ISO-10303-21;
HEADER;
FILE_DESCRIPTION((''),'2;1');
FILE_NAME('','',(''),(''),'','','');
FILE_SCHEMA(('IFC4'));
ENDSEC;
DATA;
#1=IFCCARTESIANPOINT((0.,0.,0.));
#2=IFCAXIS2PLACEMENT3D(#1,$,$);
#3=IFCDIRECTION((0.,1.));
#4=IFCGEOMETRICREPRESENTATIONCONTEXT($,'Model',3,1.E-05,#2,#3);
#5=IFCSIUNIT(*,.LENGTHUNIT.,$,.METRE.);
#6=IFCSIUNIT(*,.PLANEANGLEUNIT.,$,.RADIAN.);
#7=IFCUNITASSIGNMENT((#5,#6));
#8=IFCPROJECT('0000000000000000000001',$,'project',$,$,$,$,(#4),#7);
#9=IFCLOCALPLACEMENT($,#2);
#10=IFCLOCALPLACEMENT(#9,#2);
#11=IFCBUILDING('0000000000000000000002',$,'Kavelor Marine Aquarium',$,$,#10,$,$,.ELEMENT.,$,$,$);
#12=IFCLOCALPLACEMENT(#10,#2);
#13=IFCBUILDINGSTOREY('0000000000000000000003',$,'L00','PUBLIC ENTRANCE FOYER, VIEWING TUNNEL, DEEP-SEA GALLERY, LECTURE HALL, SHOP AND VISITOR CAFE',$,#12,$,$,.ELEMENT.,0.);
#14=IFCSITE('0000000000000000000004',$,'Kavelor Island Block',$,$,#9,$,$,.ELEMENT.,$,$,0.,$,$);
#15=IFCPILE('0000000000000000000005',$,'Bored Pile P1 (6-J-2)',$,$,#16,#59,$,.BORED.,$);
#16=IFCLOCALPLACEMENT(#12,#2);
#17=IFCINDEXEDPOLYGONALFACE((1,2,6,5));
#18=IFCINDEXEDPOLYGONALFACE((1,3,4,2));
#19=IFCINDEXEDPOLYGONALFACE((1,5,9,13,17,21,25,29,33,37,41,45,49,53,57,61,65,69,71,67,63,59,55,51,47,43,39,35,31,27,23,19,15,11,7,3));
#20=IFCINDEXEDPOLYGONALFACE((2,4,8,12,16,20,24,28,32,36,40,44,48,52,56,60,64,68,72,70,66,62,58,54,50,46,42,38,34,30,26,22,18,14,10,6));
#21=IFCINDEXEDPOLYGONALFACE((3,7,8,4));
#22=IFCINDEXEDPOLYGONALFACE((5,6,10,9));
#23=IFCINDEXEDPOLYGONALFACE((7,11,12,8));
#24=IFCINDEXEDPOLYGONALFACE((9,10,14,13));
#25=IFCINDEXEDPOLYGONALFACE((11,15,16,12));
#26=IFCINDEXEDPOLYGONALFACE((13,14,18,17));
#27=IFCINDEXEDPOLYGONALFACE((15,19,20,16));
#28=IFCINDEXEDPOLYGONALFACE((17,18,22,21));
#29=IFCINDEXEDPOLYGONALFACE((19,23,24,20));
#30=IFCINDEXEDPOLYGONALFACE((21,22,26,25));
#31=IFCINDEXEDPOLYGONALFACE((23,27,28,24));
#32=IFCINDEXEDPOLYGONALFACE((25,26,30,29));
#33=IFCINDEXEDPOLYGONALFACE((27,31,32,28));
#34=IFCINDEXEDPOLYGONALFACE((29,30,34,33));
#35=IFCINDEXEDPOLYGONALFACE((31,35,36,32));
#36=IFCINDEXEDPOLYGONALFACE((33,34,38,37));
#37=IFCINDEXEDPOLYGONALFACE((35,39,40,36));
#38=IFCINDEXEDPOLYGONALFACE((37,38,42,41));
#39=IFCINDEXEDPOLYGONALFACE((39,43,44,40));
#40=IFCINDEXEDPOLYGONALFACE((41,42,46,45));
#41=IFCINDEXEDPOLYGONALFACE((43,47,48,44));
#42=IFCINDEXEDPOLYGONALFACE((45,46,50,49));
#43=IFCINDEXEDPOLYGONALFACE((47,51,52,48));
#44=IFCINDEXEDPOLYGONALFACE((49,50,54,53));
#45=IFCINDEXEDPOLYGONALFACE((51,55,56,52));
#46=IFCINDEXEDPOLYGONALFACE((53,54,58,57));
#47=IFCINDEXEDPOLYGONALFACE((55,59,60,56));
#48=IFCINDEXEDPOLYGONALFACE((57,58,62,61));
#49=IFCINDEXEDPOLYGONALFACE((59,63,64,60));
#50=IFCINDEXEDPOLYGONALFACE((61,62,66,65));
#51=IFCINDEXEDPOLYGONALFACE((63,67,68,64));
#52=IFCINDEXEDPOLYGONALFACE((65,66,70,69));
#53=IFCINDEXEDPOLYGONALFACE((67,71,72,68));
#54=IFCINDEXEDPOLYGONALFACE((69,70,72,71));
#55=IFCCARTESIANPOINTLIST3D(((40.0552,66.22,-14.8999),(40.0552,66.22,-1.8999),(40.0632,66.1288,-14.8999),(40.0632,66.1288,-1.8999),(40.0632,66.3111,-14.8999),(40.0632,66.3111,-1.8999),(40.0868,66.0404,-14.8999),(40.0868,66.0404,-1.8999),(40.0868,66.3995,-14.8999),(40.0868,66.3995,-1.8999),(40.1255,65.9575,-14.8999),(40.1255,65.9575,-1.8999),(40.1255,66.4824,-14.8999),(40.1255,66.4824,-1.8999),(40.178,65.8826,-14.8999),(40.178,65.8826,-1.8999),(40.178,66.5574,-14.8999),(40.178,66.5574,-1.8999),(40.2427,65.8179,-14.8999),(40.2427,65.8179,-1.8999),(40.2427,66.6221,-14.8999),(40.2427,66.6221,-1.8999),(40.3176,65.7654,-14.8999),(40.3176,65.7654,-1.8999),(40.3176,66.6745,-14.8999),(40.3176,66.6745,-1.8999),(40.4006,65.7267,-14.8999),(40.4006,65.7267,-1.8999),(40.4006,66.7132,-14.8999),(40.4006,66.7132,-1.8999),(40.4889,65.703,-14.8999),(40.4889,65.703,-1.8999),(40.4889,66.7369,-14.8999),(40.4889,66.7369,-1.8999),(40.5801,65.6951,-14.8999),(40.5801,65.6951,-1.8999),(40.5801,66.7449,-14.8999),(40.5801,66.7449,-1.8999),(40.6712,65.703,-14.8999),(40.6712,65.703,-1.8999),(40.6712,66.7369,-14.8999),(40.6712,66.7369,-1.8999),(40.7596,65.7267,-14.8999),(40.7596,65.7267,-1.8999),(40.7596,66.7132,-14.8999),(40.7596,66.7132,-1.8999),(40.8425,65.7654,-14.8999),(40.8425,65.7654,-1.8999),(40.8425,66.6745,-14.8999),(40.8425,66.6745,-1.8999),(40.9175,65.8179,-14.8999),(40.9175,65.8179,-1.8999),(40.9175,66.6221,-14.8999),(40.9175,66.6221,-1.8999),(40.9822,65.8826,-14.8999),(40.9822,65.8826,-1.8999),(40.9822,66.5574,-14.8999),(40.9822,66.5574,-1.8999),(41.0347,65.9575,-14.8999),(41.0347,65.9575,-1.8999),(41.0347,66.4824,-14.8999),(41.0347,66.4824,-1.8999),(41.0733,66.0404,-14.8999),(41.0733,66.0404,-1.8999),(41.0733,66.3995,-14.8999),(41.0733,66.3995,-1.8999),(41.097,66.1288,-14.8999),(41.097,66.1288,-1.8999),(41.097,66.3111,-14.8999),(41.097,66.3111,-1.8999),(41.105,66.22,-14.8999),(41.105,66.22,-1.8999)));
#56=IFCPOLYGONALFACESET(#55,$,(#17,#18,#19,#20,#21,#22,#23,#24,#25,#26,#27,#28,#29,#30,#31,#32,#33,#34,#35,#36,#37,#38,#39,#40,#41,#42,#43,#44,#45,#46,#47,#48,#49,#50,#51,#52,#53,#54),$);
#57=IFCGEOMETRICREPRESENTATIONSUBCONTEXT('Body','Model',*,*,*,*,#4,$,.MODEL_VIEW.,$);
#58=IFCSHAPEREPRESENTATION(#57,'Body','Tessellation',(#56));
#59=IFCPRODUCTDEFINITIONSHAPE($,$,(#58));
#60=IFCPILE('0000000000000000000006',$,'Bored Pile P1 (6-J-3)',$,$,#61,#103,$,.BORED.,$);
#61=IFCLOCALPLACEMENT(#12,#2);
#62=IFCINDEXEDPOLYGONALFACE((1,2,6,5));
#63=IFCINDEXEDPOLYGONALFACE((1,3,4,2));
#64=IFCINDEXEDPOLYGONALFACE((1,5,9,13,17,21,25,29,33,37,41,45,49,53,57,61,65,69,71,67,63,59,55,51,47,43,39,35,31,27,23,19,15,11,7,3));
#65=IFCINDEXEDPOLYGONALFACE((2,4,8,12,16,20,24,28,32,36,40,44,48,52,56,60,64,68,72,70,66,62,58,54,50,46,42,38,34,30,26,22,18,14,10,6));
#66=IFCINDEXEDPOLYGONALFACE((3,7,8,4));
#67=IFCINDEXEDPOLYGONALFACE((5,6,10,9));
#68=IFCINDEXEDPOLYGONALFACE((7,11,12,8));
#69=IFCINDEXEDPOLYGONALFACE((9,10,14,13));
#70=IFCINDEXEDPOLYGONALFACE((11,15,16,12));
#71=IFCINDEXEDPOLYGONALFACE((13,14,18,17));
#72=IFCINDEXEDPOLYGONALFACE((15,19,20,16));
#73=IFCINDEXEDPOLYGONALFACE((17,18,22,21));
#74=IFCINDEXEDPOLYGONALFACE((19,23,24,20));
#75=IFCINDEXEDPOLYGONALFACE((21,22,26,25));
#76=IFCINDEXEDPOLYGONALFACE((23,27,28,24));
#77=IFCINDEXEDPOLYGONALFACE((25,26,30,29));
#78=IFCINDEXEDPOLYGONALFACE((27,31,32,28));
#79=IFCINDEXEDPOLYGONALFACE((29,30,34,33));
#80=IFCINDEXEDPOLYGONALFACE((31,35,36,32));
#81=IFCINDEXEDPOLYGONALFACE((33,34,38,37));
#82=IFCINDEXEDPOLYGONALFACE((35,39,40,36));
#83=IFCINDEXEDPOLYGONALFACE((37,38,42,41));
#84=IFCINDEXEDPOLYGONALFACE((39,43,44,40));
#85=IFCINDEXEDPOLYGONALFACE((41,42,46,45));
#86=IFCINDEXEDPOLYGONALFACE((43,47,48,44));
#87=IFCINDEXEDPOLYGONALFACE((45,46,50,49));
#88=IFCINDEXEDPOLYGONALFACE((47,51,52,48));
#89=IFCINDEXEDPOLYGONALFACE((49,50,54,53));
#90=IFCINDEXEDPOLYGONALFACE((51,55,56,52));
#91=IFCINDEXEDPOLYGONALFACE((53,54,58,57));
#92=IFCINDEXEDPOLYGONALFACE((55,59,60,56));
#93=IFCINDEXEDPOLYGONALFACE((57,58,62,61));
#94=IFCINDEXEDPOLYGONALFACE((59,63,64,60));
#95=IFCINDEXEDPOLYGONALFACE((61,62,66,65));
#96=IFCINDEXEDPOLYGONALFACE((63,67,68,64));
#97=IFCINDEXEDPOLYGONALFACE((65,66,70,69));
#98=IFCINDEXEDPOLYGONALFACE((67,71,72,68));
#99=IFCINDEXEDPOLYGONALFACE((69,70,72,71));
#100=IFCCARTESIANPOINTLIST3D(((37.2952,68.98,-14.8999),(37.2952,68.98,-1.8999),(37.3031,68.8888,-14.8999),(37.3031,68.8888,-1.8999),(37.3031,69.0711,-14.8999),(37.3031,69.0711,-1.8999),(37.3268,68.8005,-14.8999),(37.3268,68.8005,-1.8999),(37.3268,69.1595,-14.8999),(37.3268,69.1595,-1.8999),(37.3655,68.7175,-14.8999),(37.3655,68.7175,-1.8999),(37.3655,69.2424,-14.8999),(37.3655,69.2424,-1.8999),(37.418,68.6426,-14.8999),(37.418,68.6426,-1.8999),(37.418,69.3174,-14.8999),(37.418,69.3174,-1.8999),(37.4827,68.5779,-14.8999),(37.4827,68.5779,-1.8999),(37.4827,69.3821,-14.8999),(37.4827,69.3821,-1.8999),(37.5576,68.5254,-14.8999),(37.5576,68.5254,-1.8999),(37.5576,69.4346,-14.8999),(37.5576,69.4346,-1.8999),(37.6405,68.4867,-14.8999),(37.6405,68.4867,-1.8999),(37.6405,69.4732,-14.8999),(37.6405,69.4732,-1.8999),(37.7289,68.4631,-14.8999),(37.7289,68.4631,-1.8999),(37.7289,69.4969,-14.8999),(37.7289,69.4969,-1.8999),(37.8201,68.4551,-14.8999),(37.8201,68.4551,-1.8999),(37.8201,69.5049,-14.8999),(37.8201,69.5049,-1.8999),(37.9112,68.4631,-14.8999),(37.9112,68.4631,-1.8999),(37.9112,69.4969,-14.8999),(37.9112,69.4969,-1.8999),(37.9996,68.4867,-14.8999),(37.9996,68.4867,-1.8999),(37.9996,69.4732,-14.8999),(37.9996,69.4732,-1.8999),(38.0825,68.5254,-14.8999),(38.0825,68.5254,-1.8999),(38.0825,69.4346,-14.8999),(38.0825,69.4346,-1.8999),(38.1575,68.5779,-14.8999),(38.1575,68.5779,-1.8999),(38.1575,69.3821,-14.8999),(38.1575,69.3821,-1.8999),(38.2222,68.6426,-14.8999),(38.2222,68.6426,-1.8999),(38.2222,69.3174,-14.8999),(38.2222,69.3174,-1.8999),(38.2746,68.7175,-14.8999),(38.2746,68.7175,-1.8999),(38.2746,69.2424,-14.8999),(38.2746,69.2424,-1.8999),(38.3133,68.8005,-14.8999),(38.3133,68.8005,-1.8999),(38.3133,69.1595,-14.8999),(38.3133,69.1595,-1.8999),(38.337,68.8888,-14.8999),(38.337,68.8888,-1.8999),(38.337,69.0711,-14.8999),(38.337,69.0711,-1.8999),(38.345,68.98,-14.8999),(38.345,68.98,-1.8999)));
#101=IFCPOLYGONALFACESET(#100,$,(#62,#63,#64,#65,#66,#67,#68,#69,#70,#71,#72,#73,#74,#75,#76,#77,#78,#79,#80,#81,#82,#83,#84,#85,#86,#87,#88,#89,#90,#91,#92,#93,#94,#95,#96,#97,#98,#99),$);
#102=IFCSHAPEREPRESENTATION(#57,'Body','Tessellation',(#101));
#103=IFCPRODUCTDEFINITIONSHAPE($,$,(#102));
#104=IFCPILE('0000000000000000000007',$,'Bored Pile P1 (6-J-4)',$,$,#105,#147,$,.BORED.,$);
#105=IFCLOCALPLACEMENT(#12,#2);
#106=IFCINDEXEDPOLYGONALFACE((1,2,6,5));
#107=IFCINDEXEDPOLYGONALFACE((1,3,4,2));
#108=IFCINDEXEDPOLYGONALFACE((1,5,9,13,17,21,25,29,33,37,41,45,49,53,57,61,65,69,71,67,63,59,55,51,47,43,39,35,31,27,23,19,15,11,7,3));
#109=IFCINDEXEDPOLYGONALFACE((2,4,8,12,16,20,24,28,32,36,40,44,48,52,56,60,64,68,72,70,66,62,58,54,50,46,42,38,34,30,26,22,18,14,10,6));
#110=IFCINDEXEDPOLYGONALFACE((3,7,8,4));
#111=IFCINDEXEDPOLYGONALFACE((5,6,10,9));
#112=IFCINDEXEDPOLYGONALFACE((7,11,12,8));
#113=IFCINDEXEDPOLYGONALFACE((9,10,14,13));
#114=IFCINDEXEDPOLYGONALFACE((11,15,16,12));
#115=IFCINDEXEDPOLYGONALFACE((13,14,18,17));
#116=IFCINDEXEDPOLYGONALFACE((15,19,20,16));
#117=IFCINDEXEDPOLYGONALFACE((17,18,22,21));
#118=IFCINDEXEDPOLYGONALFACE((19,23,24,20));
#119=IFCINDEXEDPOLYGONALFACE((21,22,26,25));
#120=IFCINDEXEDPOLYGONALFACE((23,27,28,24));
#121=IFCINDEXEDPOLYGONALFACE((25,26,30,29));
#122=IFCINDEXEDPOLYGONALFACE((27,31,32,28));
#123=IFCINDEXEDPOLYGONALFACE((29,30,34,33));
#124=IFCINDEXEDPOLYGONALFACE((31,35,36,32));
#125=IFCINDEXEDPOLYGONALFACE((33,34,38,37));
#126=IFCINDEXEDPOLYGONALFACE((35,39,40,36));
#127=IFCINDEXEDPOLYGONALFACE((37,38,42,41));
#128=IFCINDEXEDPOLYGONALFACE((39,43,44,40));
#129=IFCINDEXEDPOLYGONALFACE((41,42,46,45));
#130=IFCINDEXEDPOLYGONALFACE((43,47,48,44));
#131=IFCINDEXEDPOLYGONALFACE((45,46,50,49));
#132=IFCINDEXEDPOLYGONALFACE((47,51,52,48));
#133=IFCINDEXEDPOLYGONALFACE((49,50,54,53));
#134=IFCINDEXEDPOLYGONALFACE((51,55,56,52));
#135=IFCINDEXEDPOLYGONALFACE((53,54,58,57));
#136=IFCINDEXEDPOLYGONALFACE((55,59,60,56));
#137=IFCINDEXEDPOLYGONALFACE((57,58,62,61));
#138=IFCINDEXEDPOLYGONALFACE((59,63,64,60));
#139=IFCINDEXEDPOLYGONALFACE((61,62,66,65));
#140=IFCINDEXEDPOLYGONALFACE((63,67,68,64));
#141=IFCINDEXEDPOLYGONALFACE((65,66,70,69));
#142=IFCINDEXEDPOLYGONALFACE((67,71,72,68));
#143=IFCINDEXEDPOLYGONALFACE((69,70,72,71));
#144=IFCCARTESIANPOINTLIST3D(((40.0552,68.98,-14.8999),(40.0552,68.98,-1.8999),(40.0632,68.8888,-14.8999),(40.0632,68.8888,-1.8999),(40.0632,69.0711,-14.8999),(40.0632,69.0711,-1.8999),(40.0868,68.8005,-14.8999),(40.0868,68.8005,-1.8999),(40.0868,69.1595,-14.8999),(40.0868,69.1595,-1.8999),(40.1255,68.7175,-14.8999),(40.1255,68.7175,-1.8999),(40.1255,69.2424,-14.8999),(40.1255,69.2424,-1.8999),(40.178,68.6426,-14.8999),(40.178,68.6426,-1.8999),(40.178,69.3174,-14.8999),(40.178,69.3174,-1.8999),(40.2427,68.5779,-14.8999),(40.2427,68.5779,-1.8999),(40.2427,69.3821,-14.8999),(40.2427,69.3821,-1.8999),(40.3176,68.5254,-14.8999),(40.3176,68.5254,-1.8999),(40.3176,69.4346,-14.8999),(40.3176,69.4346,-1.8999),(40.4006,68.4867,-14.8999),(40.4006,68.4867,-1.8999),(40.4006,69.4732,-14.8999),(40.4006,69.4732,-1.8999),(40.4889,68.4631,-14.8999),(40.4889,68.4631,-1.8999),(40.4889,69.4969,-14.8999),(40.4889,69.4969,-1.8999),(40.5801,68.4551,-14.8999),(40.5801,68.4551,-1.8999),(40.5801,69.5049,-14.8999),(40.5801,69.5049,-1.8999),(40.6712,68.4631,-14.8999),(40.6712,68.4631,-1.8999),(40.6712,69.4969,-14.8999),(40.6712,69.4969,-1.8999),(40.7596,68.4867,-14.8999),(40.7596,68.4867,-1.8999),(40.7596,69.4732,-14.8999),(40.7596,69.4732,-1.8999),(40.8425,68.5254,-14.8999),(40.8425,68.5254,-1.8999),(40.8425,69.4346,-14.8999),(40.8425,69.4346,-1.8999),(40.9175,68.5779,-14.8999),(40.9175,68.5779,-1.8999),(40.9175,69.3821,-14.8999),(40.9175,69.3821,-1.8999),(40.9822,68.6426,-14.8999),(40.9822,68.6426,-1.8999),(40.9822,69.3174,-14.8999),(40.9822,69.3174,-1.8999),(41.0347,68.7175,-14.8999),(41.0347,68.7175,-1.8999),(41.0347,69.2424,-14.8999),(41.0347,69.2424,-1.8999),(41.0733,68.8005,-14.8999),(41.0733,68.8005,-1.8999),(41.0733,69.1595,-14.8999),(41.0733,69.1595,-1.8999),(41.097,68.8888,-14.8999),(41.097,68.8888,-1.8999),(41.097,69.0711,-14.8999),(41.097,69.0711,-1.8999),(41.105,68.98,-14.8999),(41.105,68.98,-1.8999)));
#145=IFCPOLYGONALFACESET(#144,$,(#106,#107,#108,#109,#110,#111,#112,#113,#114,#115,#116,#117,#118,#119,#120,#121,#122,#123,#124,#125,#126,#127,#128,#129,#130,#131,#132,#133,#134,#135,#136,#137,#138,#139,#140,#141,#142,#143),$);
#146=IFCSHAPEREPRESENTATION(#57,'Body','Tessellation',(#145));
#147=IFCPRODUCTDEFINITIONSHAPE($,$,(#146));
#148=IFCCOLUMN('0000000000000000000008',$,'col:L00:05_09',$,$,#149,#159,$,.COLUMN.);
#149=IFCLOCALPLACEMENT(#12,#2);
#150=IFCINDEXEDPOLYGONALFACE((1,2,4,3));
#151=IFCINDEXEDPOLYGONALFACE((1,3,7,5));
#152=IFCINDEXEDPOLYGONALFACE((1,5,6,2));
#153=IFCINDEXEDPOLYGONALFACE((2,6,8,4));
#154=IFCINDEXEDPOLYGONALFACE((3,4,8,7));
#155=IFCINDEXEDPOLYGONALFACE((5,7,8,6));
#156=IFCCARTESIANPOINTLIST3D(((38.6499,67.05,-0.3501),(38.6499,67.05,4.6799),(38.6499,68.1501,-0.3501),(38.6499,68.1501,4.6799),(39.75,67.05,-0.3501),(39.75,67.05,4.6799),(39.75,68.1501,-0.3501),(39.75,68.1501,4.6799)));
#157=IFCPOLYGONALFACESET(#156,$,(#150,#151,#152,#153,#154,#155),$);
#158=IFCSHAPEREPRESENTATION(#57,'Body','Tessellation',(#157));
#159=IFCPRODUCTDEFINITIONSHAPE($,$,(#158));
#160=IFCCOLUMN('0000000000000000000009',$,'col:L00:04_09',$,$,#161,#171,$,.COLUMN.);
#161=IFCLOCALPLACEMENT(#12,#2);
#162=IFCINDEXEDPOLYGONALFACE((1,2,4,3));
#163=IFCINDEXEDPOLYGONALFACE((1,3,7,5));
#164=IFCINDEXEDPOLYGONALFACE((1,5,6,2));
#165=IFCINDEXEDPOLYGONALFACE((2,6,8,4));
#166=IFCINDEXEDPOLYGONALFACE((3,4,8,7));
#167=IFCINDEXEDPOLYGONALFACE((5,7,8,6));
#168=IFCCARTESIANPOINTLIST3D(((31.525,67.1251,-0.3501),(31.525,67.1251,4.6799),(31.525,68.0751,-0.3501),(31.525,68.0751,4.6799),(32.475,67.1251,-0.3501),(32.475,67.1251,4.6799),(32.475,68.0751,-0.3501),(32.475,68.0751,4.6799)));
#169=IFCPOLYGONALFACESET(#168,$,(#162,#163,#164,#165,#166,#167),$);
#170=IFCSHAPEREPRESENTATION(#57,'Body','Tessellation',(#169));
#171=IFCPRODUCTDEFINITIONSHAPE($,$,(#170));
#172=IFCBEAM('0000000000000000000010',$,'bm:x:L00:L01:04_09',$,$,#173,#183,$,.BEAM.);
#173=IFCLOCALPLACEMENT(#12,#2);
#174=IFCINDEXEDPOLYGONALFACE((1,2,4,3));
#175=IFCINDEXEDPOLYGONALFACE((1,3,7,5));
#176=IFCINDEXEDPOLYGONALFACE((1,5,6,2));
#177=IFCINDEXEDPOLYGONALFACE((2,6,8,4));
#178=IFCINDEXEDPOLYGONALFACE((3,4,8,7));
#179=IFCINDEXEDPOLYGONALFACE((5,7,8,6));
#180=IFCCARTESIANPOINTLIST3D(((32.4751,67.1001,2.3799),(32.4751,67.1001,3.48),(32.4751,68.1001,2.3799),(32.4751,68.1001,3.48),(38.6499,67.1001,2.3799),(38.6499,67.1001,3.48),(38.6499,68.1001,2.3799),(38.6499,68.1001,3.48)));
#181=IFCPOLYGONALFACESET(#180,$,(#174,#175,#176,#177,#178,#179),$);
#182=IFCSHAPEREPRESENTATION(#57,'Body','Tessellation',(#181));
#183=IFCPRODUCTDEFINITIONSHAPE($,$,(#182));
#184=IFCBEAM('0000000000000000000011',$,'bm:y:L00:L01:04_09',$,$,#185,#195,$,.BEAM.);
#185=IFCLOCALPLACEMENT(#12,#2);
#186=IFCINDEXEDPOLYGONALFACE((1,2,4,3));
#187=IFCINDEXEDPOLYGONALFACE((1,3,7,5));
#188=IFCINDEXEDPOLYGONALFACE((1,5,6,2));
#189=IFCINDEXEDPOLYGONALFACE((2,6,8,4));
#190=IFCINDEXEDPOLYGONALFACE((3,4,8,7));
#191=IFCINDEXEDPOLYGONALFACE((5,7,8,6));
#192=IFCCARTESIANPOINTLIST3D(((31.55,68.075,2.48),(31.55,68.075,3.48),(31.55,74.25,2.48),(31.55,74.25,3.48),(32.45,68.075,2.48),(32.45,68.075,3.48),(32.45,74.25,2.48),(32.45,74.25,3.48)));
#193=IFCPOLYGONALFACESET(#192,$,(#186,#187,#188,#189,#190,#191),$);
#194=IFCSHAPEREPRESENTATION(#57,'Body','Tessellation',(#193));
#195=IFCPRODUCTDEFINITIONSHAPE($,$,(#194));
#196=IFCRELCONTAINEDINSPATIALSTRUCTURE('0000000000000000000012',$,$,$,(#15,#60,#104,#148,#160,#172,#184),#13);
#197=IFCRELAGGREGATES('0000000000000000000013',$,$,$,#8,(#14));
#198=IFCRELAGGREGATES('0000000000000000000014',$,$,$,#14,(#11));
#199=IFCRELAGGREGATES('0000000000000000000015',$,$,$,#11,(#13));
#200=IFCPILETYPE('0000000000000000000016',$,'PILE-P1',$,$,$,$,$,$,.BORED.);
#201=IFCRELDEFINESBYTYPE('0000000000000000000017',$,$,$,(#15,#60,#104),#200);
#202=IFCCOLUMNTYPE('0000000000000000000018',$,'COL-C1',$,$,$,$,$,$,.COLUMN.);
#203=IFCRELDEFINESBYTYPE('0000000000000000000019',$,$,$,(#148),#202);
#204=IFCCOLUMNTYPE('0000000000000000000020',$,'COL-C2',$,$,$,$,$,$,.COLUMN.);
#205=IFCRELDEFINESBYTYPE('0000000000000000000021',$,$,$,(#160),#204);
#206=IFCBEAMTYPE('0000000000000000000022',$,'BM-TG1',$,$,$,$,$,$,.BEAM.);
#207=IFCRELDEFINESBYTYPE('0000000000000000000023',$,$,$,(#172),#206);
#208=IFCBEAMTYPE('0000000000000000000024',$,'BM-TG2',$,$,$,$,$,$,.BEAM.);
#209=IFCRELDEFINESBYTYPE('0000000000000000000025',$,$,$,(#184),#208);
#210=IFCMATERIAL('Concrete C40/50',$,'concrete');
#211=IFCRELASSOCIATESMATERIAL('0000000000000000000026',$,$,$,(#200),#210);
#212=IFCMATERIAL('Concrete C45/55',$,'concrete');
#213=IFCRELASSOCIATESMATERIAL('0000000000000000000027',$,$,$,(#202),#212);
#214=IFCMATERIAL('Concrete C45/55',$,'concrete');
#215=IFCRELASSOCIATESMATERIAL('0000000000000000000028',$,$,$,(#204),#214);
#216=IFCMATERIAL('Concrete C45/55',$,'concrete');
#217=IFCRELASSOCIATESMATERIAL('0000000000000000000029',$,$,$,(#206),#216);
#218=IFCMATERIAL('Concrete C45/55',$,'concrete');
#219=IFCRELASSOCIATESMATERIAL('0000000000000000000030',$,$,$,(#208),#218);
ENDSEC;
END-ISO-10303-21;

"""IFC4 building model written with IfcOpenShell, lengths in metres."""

from ifc_helpers import new_model, si_unit, direction, frame, origin, origin_2d, place, context, subcontext, project, spatial, rectangle, circle, extrude, material, material_profile, profile_set, type_object, element, save


model = new_model("IFC4")

# Units and contexts
model_context = context("Model", 3, precision=1e-05, world=origin(), true_north=direction((0.0, 1.0)))
body_context = subcontext(model_context, "Body", "Model", "MODEL_VIEW")
ifc_project = project(units=[si_unit("LENGTHUNIT", "METRE"), si_unit("PLANEANGLEUNIT", "RADIAN")], contexts=[model_context])

# Site, building, storey
site_placement = place(None, origin())
site = spatial("IfcSite", under=ifc_project, at=site_placement, Name="Kavelor Island Block", CompositionType="ELEMENT", RefElevation=0.0)
building_placement = place(site_placement, origin())
building = spatial("IfcBuilding", under=site, at=building_placement, Name="Kavelor Marine Aquarium", CompositionType="ELEMENT")
storey_placement = place(building_placement, origin())
storey = spatial("IfcBuildingStorey", under=building, at=storey_placement, Name="L00", Description="PUBLIC ENTRANCE FOYER, VIEWING TUNNEL, DEEP-SEA GALLERY, LECTURE HALL, SHOP AND VISITOR CAFE", CompositionType="ELEMENT", Elevation=0.0)

# Piles
ifc_material_1 = material(Name="Concrete C40/50", Category="concrete")
ifc_material_profile_1 = material_profile(ifc_material_1, circle(Radius=0.5249, at=origin_2d()), Name="PILE D1050")
ifc_profile_set_1 = profile_set([ifc_material_profile_1], Name="Concrete C40/50")
pile_type = type_object("IfcPileType", Name="PILE-P1", PredefinedType="BORED", material=ifc_profile_set_1)
for number, where, z_axis, x_axis, name in (
    (1, (40.5801, 66.22, -1.8999), (0.0, 0.0, -1.0), (1.0, 0.0, 0.0), "Bored Pile P1 (6-J-2)"),
    (2, (37.8201, 68.98, -1.8999), (0.0, 0.0, -1.0), (1.0, 0.0, 0.0), "Bored Pile P1 (6-J-3)"),
    (3, (40.5801, 68.98, -1.8999), (0.0, 0.0, -1.0), (1.0, 0.0, 0.0), "Bored Pile P1 (6-J-4)"),
):
    element("IfcPile", number, at=place(storey_placement, frame(where, z_axis=z_axis, x_axis=x_axis)), inside=storey, type_object=pile_type, Name=name, PredefinedType="BORED", context=body_context, shape_type="SweptSolid", body=[
        extrude(circle(Radius=0.5249, at=origin_2d()), origin(), (0.0, 0.0, 1.0), 13.0),
    ])

# Columns
ifc_material_2 = material(Name="Concrete C45/55", Category="concrete")
ifc_material_profile_2 = material_profile(ifc_material_2, rectangle(XDim=1.1001, YDim=1.1001, at=origin_2d()), Name="RC-COL 1100x1100")
ifc_profile_set_2 = profile_set([ifc_material_profile_2], Name="Concrete C45/55")
column_type_1 = type_object("IfcColumnType", Name="COL-C1", PredefinedType="COLUMN", material=ifc_profile_set_2)
column_1_placement = place(storey_placement, frame((39.2, 67.6001, -0.3501), z_axis=(0.0, 0.0, 1.0), x_axis=(1.0, 0.0, 0.0)))
element("IfcColumn", 4, at=column_1_placement, inside=storey, type_object=column_type_1, Name="col:L00:05_09", PredefinedType="COLUMN", context=body_context, shape_type="SweptSolid", body=[
    extrude(rectangle(XDim=1.1001, YDim=1.1001, at=origin_2d()), origin(), (0.0, 0.0, 1.0), 5.03),
])
ifc_material_3 = material(Name="Concrete C45/55", Category="concrete")
ifc_material_profile_3 = material_profile(ifc_material_3, rectangle(XDim=0.95, YDim=0.95, at=origin_2d()), Name="RC-COL 950x950")
ifc_profile_set_3 = profile_set([ifc_material_profile_3], Name="Concrete C45/55")
column_type_2 = type_object("IfcColumnType", Name="COL-C2", PredefinedType="COLUMN", material=ifc_profile_set_3)
column_2_placement = place(storey_placement, frame((32.0, 67.6001, -0.3501), z_axis=(0.0, 0.0, 1.0), x_axis=(1.0, 0.0, 0.0)))
element("IfcColumn", 5, at=column_2_placement, inside=storey, type_object=column_type_2, Name="col:L00:04_09", PredefinedType="COLUMN", context=body_context, shape_type="SweptSolid", body=[
    extrude(rectangle(XDim=0.95, YDim=0.95, at=origin_2d()), origin(), (0.0, 0.0, 1.0), 5.03),
])

# Beams
ifc_material_4 = material(Name="Concrete C45/55", Category="concrete")
ifc_material_profile_4 = material_profile(ifc_material_4, rectangle(XDim=1.0, YDim=1.1001, at=origin_2d()), Name="RC-TG 1000x1100")
ifc_profile_set_4 = profile_set([ifc_material_profile_4], Name="Concrete C45/55")
beam_type_1 = type_object("IfcBeamType", Name="BM-TG1", PredefinedType="BEAM", material=ifc_profile_set_4)
beam_placement = place(storey_placement, frame((32.4751, 67.6001, 2.9299), z_axis=(1.0, 0.0, 0.0), x_axis=(0.0, 1.0, 0.0)))
element("IfcBeam", 6, at=beam_placement, inside=storey, type_object=beam_type_1, Name="bm:x:L00:L01:04_09", PredefinedType="BEAM", context=body_context, shape_type="SweptSolid", body=[
    extrude(rectangle(XDim=1.0, YDim=1.1001, at=origin_2d()), origin(), (0.0, 0.0, 1.0), 6.1748),
])
ifc_material_5 = material(Name="Concrete C45/55", Category="concrete")
ifc_material_profile_5 = material_profile(ifc_material_5, rectangle(XDim=0.8999, YDim=1.0, at=origin_2d()), Name="RC-TG 900x1000")
ifc_profile_set_5 = profile_set([ifc_material_profile_5], Name="Concrete C45/55")
beam_type_2 = type_object("IfcBeamType", Name="BM-TG2", PredefinedType="BEAM", material=ifc_profile_set_5)
for number, where, z_axis, x_axis, name in (
    (7, (32.0, 68.075, 2.98), (0.0, 1.0, 0.0), (-1.0, 0.0, 0.0), "bm:y:L00:L01:04_09"),
):
    element("IfcBeam", number, at=place(storey_placement, frame(where, z_axis=z_axis, x_axis=x_axis)), inside=storey, type_object=beam_type_2, Name=name, PredefinedType="BEAM", context=body_context, shape_type="SweptSolid", body=[
        extrude(rectangle(XDim=0.8999, YDim=1.0, at=origin_2d()), origin(), (0.0, 0.0, 1.0), 6.175),
    ])

save(model, "model.ifc")
